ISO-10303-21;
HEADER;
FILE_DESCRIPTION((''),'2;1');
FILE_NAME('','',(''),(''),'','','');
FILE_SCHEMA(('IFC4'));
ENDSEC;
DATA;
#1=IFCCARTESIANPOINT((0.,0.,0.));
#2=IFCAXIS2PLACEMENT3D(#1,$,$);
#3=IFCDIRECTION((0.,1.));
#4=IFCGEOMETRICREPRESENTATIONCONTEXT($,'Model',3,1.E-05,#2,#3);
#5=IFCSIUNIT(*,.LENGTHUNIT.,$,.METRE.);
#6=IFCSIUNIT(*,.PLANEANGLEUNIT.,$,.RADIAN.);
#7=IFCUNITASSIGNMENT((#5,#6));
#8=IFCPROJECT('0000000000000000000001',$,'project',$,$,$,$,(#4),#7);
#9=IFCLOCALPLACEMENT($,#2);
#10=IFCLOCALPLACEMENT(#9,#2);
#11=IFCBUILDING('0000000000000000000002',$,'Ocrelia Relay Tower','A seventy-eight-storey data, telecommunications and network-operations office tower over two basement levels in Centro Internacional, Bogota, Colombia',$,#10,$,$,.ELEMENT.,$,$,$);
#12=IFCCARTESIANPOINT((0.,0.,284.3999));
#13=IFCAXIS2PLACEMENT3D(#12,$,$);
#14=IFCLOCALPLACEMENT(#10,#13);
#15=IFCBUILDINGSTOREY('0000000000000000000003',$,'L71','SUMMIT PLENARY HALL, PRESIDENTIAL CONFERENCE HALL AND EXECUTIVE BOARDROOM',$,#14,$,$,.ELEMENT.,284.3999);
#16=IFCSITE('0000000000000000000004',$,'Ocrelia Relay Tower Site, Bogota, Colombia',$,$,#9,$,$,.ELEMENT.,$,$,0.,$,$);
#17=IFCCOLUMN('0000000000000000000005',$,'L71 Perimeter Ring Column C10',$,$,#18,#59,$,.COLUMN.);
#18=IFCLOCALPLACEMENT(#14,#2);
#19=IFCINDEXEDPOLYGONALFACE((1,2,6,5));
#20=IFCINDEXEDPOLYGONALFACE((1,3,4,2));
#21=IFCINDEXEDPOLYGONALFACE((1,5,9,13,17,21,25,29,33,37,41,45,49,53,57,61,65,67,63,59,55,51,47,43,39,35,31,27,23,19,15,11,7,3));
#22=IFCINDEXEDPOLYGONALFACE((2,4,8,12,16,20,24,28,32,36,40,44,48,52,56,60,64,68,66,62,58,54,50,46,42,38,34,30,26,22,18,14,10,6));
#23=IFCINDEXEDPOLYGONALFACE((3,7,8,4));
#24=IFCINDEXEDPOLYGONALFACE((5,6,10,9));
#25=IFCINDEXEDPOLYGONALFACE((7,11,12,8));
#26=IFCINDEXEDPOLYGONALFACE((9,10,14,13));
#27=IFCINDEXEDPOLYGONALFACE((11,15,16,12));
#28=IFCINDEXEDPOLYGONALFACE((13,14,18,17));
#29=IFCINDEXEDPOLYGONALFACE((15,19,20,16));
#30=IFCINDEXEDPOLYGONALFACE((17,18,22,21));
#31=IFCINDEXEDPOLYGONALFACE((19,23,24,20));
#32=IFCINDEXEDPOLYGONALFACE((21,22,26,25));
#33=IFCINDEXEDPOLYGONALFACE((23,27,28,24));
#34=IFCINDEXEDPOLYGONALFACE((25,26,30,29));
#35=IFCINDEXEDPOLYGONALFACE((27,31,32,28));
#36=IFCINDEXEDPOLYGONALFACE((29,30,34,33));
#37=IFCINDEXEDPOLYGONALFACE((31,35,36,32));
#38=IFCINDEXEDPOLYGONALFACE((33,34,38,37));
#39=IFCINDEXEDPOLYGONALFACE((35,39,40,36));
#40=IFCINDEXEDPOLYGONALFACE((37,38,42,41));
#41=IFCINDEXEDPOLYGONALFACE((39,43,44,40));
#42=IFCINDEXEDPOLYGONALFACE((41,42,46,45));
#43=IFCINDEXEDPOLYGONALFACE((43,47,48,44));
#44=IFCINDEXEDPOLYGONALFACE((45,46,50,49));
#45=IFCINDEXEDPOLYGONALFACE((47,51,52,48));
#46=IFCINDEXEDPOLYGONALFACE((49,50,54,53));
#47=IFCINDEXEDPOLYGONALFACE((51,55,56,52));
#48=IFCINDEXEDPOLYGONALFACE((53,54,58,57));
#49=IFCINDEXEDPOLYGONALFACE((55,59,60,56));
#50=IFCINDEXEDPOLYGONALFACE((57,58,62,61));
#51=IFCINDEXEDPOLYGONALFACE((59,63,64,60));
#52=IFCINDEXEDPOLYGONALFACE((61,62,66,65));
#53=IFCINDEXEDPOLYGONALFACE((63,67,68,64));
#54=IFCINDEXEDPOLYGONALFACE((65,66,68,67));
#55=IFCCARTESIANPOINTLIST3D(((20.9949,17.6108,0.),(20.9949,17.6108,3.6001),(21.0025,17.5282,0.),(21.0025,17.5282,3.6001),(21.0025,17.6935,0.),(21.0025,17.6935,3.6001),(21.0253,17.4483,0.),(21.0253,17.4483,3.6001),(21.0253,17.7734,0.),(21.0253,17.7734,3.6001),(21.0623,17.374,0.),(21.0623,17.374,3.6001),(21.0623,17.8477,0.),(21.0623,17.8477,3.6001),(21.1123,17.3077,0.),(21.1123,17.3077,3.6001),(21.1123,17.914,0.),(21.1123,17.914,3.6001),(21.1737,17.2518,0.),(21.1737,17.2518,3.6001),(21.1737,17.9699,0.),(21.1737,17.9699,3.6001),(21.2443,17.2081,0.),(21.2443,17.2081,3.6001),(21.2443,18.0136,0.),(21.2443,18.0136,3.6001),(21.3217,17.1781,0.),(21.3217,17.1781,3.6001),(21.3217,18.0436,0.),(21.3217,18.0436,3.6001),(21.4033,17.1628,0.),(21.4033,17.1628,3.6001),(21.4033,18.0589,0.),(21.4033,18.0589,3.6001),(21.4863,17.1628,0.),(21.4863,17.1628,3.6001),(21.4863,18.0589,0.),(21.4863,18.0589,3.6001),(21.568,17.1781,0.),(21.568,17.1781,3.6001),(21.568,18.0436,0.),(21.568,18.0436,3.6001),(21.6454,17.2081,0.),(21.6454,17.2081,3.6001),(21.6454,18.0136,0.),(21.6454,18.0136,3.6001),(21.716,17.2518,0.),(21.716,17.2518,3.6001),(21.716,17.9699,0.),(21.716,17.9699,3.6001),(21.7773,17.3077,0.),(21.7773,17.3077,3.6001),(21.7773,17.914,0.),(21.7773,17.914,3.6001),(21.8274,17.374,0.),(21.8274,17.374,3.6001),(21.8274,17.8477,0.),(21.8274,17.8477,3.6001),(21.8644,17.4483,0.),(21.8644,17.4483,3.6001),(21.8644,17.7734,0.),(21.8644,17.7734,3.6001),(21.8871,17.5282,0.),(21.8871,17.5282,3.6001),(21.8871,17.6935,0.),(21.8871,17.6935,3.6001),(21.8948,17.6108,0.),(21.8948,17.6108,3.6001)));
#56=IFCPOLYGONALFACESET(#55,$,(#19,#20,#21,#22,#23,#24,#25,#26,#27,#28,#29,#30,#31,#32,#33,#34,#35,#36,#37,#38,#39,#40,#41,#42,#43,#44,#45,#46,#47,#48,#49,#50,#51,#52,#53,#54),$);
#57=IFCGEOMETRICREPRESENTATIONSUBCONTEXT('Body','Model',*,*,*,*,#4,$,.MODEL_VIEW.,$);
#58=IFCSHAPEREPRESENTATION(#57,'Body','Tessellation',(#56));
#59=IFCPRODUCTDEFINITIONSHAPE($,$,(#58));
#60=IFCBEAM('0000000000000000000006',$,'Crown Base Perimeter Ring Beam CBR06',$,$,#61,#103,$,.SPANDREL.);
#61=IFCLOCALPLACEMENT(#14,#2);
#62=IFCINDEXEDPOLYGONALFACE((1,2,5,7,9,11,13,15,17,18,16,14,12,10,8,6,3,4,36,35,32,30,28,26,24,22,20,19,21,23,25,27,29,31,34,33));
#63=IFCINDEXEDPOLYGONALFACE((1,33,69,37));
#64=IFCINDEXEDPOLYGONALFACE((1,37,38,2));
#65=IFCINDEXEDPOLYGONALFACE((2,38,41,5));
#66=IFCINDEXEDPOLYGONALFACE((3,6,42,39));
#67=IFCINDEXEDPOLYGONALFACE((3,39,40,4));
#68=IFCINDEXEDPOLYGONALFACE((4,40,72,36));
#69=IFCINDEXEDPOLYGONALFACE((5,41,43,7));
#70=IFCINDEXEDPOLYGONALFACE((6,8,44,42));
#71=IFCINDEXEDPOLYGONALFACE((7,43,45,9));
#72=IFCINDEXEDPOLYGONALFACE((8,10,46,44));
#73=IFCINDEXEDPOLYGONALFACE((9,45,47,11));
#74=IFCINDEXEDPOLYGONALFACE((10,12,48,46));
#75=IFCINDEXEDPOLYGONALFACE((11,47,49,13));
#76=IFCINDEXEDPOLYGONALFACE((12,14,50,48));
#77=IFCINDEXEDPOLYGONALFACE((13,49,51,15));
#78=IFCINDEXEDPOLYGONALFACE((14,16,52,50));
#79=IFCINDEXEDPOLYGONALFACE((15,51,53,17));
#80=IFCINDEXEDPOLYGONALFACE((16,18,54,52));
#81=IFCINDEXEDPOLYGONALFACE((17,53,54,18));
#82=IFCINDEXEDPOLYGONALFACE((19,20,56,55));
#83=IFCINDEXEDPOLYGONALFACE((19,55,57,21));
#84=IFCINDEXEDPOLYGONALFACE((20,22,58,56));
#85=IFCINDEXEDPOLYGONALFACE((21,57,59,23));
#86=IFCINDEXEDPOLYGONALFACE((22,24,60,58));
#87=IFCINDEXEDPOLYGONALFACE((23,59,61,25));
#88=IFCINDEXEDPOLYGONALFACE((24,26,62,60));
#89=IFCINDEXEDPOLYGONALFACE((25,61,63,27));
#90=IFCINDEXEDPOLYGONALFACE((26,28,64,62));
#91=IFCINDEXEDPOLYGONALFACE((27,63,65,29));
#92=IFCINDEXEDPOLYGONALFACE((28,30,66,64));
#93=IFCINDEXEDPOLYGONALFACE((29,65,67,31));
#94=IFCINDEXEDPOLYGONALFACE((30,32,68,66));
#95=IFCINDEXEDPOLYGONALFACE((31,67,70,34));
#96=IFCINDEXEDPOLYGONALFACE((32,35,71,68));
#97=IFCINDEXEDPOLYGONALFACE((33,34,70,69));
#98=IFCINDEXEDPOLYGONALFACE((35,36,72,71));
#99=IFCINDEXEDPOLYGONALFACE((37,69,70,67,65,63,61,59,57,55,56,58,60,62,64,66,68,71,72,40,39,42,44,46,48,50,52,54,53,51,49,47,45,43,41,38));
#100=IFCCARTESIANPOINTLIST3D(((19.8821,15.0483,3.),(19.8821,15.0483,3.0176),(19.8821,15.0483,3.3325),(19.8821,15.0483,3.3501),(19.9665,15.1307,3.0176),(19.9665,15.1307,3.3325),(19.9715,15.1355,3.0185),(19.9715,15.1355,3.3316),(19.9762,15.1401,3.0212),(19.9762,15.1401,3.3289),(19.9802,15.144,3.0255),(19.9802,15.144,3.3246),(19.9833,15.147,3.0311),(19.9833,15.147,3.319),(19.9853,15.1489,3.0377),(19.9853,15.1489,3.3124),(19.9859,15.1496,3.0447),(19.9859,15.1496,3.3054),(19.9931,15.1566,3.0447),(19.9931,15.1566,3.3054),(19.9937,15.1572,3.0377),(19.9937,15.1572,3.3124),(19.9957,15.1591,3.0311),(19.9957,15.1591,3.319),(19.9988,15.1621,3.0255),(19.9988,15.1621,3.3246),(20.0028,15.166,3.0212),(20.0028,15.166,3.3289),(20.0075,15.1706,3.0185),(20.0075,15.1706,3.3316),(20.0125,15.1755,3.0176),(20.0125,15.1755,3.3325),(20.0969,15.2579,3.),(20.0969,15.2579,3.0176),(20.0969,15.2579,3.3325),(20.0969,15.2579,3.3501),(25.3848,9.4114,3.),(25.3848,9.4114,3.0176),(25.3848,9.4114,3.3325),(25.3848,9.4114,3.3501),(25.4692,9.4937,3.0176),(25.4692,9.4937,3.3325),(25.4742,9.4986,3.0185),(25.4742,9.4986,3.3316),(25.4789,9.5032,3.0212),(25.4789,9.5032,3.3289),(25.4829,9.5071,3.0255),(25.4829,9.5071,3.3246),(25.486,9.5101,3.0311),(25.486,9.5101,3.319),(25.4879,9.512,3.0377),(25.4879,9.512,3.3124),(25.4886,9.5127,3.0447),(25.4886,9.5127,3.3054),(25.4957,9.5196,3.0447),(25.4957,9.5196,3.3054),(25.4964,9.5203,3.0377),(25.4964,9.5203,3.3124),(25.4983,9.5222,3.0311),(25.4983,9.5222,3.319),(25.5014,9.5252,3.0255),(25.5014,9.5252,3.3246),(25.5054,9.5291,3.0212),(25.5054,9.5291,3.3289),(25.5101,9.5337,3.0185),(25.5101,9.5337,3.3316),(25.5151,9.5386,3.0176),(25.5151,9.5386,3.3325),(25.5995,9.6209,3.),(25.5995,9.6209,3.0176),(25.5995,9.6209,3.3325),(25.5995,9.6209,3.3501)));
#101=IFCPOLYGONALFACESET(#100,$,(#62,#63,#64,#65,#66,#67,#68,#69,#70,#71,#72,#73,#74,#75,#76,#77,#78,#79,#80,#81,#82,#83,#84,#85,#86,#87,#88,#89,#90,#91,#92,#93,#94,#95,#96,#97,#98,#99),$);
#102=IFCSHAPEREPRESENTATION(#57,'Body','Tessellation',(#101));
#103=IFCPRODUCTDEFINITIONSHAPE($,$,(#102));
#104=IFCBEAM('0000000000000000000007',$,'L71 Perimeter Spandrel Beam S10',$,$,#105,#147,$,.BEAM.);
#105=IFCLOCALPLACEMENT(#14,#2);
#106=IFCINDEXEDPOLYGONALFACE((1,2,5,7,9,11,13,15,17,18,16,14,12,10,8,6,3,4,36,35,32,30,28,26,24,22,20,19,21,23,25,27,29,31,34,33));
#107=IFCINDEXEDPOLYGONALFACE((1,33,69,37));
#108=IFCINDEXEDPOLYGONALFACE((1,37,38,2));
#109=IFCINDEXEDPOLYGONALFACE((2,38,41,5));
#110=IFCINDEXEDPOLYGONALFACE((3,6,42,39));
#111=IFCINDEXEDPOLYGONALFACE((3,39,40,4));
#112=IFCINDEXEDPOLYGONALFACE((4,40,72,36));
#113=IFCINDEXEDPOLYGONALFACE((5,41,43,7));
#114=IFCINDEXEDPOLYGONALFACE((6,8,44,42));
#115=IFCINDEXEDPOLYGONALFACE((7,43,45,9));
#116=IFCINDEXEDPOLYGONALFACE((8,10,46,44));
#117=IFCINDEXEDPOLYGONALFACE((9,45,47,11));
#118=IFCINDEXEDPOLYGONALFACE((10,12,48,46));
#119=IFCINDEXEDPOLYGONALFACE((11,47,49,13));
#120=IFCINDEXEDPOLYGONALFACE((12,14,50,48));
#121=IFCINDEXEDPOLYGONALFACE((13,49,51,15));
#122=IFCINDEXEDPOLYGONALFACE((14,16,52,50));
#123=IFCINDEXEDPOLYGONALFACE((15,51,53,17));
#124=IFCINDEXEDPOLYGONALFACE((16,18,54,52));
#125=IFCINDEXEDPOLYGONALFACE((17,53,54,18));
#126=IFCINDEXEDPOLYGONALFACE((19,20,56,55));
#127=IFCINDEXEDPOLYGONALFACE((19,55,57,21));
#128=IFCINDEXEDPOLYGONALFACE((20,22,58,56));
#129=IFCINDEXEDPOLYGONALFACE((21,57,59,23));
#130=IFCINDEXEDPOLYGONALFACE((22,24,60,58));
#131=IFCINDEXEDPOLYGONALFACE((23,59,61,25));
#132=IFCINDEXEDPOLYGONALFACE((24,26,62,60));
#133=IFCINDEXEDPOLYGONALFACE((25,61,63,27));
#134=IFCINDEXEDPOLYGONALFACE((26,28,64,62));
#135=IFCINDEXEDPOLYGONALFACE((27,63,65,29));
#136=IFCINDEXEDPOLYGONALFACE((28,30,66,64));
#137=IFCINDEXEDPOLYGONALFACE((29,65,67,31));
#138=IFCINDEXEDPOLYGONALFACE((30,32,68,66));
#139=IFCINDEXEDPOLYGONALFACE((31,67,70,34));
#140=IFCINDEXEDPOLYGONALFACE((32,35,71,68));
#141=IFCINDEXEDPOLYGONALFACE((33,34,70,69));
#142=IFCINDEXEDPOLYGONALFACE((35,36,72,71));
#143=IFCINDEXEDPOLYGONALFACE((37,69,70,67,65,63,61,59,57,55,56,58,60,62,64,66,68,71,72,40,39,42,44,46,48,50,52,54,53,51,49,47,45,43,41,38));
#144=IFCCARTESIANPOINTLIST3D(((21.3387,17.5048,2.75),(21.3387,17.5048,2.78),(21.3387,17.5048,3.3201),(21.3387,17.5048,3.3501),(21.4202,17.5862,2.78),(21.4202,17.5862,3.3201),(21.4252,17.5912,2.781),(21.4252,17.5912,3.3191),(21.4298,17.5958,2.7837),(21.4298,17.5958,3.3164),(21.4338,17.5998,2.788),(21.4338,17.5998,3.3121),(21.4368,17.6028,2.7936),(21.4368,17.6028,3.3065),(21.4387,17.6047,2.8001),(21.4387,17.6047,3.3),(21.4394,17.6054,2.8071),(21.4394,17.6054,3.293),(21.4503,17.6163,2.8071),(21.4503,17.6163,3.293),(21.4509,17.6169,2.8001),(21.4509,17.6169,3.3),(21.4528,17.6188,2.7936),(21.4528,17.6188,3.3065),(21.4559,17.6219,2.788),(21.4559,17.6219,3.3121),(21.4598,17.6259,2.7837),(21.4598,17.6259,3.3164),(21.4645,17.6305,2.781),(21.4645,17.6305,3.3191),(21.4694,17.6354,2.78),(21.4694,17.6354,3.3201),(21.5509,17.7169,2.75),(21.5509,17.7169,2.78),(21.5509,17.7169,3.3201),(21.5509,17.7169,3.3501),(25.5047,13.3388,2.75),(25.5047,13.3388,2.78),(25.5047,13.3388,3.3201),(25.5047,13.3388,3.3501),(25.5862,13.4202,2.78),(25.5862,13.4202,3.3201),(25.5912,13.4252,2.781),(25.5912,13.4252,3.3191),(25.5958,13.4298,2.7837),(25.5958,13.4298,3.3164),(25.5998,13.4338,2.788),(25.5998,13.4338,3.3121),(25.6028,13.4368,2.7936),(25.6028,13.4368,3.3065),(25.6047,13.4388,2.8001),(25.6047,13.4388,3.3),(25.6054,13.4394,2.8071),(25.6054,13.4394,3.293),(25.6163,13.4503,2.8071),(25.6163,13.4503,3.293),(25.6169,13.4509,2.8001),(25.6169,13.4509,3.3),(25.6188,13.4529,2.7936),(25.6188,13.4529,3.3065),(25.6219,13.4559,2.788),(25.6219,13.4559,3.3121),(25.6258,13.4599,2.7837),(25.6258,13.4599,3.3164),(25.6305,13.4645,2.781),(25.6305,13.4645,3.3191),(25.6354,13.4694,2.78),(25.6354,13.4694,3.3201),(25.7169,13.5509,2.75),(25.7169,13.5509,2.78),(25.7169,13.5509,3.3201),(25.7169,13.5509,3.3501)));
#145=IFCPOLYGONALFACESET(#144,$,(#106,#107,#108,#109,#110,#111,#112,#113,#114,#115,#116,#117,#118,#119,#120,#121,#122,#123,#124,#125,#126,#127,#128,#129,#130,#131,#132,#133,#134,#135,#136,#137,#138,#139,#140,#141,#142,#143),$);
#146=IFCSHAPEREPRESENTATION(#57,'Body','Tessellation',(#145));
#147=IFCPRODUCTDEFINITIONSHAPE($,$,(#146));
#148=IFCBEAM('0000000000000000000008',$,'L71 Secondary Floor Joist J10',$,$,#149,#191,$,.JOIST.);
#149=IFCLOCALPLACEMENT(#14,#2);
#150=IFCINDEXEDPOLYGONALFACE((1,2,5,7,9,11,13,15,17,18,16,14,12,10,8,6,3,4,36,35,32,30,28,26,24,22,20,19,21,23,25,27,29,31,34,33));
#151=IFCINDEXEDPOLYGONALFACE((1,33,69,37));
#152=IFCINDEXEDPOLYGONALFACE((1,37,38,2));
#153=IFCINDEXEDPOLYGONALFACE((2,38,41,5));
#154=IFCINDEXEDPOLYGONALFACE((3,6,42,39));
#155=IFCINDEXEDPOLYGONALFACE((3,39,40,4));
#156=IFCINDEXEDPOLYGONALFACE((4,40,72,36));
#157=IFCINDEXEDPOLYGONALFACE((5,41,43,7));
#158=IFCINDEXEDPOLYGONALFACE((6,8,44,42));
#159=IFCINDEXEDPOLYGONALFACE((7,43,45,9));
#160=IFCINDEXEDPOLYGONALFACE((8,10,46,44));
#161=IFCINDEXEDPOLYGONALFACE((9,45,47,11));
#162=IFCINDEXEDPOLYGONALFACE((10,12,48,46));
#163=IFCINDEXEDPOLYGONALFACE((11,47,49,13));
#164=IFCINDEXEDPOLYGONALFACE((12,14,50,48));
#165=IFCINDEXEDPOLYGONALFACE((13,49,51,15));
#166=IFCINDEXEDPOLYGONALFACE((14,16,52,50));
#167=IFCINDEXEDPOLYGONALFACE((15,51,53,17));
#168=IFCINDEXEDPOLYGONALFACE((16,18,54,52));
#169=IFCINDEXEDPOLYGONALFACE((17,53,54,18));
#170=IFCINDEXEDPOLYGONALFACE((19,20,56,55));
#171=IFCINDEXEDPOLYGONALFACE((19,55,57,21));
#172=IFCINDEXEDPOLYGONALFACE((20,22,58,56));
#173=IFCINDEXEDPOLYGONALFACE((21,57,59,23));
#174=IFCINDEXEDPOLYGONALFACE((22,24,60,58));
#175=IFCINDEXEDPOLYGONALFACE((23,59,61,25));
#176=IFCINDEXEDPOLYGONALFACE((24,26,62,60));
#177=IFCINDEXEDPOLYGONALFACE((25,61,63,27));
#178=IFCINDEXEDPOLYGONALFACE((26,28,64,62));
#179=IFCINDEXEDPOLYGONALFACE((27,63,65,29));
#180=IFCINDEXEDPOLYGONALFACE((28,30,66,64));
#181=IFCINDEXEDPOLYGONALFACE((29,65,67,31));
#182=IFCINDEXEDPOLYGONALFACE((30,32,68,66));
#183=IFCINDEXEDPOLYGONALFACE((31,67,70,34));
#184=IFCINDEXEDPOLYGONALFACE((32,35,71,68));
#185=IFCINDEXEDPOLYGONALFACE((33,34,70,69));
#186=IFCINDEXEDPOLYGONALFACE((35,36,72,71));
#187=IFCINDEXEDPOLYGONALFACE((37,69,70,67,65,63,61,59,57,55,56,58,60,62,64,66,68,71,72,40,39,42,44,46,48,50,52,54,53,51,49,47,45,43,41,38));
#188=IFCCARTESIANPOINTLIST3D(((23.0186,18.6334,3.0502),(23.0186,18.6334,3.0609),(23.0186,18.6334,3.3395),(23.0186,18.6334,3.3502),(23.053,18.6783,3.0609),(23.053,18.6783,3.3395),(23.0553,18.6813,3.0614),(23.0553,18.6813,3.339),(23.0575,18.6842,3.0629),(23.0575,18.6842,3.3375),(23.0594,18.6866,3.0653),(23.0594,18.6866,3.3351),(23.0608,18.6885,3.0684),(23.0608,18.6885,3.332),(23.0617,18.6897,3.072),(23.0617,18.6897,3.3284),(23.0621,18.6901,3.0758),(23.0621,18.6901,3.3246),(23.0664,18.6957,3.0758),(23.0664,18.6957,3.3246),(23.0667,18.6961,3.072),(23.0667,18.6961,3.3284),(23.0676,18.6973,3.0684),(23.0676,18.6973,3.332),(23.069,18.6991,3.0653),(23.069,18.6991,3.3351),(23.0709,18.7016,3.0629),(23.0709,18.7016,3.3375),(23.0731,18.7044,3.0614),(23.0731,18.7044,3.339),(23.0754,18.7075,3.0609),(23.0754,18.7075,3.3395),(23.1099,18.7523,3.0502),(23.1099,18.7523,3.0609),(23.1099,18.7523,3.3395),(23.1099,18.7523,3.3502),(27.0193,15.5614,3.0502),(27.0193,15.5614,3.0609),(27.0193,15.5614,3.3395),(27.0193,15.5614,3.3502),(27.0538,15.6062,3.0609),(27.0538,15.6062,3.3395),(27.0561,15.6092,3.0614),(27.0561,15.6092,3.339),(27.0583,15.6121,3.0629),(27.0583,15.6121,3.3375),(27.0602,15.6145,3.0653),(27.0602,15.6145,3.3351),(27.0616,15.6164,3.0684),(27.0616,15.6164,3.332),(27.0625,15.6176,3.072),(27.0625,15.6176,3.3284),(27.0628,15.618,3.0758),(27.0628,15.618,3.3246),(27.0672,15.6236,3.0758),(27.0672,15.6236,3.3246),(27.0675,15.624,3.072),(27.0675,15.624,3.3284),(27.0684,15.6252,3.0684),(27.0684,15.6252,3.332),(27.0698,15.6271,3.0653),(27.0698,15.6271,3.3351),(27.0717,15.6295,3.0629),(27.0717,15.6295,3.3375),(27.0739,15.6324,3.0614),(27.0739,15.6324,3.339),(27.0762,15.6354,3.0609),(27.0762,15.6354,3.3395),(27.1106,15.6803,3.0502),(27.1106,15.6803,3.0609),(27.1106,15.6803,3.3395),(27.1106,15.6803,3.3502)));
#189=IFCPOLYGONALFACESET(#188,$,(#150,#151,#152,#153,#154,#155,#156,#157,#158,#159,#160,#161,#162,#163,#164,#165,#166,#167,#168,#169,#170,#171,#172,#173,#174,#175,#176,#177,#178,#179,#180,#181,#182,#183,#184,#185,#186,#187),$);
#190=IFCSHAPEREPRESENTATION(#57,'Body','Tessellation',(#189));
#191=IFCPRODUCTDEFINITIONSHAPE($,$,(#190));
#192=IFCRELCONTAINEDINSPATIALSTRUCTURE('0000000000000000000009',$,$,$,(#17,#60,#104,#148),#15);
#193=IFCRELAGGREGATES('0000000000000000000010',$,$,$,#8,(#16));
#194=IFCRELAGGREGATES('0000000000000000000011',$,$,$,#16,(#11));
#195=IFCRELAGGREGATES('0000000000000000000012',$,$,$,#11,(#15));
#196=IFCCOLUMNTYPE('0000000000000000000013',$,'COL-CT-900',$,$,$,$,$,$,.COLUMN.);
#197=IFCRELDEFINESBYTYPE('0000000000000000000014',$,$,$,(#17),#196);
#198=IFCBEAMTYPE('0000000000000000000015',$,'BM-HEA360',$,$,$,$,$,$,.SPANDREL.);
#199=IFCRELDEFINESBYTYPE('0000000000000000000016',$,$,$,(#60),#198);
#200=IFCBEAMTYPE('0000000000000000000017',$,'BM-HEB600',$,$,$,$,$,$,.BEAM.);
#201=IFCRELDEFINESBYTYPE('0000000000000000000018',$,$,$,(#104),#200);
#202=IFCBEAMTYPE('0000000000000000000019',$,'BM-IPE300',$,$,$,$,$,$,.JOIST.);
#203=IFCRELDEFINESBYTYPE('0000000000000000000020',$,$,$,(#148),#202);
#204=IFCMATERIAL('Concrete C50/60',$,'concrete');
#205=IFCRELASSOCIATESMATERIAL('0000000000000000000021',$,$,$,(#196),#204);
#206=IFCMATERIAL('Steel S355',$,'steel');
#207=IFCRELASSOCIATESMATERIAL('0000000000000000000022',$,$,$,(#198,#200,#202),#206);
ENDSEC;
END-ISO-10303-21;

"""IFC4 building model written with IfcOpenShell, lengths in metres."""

from ifc_helpers import new_model, si_unit, direction, frame, origin, origin_2d, place, context, subcontext, project, spatial, circle, i_section, extrude, material, material_profile, profile_set, type_object, element, save


model = new_model("IFC4")

# Units and contexts
model_context = context("Model", 3, precision=1e-05, world=origin(), true_north=direction((0.0, 1.0)))
body_context = subcontext(model_context, "Body", "Model", "MODEL_VIEW")
ifc_project = project(units=[si_unit("LENGTHUNIT", "METRE"), si_unit("PLANEANGLEUNIT", "RADIAN")], contexts=[model_context])

# Site, building, storey
site_placement = place(None, origin())
site = spatial("IfcSite", under=ifc_project, at=site_placement, Name="Ocrelia Relay Tower Site, Bogota, Colombia", CompositionType="ELEMENT", RefElevation=0.0)
building_placement = place(site_placement, origin())
building = spatial("IfcBuilding", under=site, at=building_placement, Name="Ocrelia Relay Tower", Description="A seventy-eight-storey data, telecommunications and network-operations office tower over two basement levels in Centro Internacional, Bogota, Colombia", CompositionType="ELEMENT")
storey_placement = place(building_placement, frame((0.0, 0.0, 284.3999)))
storey = spatial("IfcBuildingStorey", under=building, at=storey_placement, Name="L71", Description="SUMMIT PLENARY HALL, PRESIDENTIAL CONFERENCE HALL AND EXECUTIVE BOARDROOM", CompositionType="ELEMENT", Elevation=284.3999)

# Column
ifc_material_1 = material(Name="Concrete C50/60", Category="concrete")
ifc_material_profile_1 = material_profile(ifc_material_1, circle(Radius=0.45, at=origin_2d()), Name="RC-CIR-900")
ifc_profile_set_1 = profile_set([ifc_material_profile_1], Name="Concrete C50/60")
column_type = type_object("IfcColumnType", Name="COL-CT-900", PredefinedType="COLUMN", material=ifc_profile_set_1)
column_placement = place(storey_placement, frame((21.4448, 17.6108, 0.0), z_axis=(0.0, 0.0, 1.0), x_axis=(1.0, 0.0, 0.0)))
element("IfcColumn", 1, at=column_placement, inside=storey, type_object=column_type, Name="L71 Perimeter Ring Column C10", PredefinedType="COLUMN", context=body_context, shape_type="SweptSolid", body=[
    extrude(circle(Radius=0.45, at=origin_2d()), origin(), (0.0, 0.0, 1.0), 3.6001),
])

# Beams
ifc_material_2 = material(Name="Steel S355", Category="steel")
ifc_material_profile_2 = material_profile(ifc_material_2, i_section(OverallWidth=0.3, OverallDepth=0.3501, WebThickness=0.01, FlangeThickness=0.0176, FilletRadius=0.0271, at=origin_2d()), Name="HEA 360")
ifc_profile_set_2 = profile_set([ifc_material_profile_2], Name="Steel S355")
beam_type_1 = type_object("IfcBeamType", Name="BM-HEA360", PredefinedType="SPANDREL", material=ifc_profile_set_2)
beam_1_placement = place(storey_placement, frame((19.9895, 15.1531, 3.175), z_axis=(0.698533, -0.715578, 0.0), x_axis=(0.715578, 0.698533, 0.0)))
element("IfcBeam", 2, at=beam_1_placement, inside=storey, type_object=beam_type_1, Name="Crown Base Perimeter Ring Beam CBR06", PredefinedType="SPANDREL", context=body_context, shape_type="SweptSolid", body=[
    extrude(i_section(OverallWidth=0.3, OverallDepth=0.3501, WebThickness=0.01, FlangeThickness=0.0176, FilletRadius=0.0271, at=origin_2d()), origin(), (0.0, 0.0, 1.0), 7.8774),
])
ifc_material_profile_3 = material_profile(ifc_material_2, i_section(OverallWidth=0.3, OverallDepth=0.6001, WebThickness=0.0154, FlangeThickness=0.03, FilletRadius=0.0271, at=origin_2d()), Name="HEB 600")
ifc_profile_set_3 = profile_set([ifc_material_profile_3], Name="Steel S355")
beam_type_2 = type_object("IfcBeamType", Name="BM-HEB600", PredefinedType="BEAM", material=ifc_profile_set_3)
beam_2_placement = place(storey_placement, frame((21.4448, 17.6108, 3.05), z_axis=(0.707107, -0.707107, 0.0), x_axis=(0.707107, 0.707107, 0.0)))
element("IfcBeam", 3, at=beam_2_placement, inside=storey, type_object=beam_type_2, Name="L71 Perimeter Spandrel Beam S10", PredefinedType="BEAM", context=body_context, shape_type="SweptSolid", body=[
    extrude(i_section(OverallWidth=0.3, OverallDepth=0.6001, WebThickness=0.0154, FlangeThickness=0.03, FilletRadius=0.0271, at=origin_2d()), origin(), (0.0, 0.0, 1.0), 5.8916),
])
ifc_material_profile_4 = material_profile(ifc_material_2, i_section(OverallWidth=0.1499, OverallDepth=0.3, WebThickness=0.0071, FlangeThickness=0.0107, FilletRadius=0.0149, at=origin_2d()), Name="IPE 300")
ifc_profile_set_4 = profile_set([ifc_material_profile_4], Name="Steel S355")
beam_type_3 = type_object("IfcBeamType", Name="BM-IPE300", PredefinedType="JOIST", material=ifc_profile_set_4)
beam_3_placement = place(storey_placement, frame((23.0642, 18.6929, 3.2002), z_axis=(0.793147, -0.60903, 0.0), x_axis=(0.60903, 0.793147, 0.0)))
element("IfcBeam", 4, at=beam_3_placement, inside=storey, type_object=beam_type_3, Name="L71 Secondary Floor Joist J10", PredefinedType="JOIST", context=body_context, shape_type="SweptSolid", body=[
    extrude(i_section(OverallWidth=0.1499, OverallDepth=0.3, WebThickness=0.0071, FlangeThickness=0.0107, FilletRadius=0.0149, at=origin_2d()), origin(), (0.0, 0.0, 1.0), 5.0442),
])

save(model, "model.ifc")
